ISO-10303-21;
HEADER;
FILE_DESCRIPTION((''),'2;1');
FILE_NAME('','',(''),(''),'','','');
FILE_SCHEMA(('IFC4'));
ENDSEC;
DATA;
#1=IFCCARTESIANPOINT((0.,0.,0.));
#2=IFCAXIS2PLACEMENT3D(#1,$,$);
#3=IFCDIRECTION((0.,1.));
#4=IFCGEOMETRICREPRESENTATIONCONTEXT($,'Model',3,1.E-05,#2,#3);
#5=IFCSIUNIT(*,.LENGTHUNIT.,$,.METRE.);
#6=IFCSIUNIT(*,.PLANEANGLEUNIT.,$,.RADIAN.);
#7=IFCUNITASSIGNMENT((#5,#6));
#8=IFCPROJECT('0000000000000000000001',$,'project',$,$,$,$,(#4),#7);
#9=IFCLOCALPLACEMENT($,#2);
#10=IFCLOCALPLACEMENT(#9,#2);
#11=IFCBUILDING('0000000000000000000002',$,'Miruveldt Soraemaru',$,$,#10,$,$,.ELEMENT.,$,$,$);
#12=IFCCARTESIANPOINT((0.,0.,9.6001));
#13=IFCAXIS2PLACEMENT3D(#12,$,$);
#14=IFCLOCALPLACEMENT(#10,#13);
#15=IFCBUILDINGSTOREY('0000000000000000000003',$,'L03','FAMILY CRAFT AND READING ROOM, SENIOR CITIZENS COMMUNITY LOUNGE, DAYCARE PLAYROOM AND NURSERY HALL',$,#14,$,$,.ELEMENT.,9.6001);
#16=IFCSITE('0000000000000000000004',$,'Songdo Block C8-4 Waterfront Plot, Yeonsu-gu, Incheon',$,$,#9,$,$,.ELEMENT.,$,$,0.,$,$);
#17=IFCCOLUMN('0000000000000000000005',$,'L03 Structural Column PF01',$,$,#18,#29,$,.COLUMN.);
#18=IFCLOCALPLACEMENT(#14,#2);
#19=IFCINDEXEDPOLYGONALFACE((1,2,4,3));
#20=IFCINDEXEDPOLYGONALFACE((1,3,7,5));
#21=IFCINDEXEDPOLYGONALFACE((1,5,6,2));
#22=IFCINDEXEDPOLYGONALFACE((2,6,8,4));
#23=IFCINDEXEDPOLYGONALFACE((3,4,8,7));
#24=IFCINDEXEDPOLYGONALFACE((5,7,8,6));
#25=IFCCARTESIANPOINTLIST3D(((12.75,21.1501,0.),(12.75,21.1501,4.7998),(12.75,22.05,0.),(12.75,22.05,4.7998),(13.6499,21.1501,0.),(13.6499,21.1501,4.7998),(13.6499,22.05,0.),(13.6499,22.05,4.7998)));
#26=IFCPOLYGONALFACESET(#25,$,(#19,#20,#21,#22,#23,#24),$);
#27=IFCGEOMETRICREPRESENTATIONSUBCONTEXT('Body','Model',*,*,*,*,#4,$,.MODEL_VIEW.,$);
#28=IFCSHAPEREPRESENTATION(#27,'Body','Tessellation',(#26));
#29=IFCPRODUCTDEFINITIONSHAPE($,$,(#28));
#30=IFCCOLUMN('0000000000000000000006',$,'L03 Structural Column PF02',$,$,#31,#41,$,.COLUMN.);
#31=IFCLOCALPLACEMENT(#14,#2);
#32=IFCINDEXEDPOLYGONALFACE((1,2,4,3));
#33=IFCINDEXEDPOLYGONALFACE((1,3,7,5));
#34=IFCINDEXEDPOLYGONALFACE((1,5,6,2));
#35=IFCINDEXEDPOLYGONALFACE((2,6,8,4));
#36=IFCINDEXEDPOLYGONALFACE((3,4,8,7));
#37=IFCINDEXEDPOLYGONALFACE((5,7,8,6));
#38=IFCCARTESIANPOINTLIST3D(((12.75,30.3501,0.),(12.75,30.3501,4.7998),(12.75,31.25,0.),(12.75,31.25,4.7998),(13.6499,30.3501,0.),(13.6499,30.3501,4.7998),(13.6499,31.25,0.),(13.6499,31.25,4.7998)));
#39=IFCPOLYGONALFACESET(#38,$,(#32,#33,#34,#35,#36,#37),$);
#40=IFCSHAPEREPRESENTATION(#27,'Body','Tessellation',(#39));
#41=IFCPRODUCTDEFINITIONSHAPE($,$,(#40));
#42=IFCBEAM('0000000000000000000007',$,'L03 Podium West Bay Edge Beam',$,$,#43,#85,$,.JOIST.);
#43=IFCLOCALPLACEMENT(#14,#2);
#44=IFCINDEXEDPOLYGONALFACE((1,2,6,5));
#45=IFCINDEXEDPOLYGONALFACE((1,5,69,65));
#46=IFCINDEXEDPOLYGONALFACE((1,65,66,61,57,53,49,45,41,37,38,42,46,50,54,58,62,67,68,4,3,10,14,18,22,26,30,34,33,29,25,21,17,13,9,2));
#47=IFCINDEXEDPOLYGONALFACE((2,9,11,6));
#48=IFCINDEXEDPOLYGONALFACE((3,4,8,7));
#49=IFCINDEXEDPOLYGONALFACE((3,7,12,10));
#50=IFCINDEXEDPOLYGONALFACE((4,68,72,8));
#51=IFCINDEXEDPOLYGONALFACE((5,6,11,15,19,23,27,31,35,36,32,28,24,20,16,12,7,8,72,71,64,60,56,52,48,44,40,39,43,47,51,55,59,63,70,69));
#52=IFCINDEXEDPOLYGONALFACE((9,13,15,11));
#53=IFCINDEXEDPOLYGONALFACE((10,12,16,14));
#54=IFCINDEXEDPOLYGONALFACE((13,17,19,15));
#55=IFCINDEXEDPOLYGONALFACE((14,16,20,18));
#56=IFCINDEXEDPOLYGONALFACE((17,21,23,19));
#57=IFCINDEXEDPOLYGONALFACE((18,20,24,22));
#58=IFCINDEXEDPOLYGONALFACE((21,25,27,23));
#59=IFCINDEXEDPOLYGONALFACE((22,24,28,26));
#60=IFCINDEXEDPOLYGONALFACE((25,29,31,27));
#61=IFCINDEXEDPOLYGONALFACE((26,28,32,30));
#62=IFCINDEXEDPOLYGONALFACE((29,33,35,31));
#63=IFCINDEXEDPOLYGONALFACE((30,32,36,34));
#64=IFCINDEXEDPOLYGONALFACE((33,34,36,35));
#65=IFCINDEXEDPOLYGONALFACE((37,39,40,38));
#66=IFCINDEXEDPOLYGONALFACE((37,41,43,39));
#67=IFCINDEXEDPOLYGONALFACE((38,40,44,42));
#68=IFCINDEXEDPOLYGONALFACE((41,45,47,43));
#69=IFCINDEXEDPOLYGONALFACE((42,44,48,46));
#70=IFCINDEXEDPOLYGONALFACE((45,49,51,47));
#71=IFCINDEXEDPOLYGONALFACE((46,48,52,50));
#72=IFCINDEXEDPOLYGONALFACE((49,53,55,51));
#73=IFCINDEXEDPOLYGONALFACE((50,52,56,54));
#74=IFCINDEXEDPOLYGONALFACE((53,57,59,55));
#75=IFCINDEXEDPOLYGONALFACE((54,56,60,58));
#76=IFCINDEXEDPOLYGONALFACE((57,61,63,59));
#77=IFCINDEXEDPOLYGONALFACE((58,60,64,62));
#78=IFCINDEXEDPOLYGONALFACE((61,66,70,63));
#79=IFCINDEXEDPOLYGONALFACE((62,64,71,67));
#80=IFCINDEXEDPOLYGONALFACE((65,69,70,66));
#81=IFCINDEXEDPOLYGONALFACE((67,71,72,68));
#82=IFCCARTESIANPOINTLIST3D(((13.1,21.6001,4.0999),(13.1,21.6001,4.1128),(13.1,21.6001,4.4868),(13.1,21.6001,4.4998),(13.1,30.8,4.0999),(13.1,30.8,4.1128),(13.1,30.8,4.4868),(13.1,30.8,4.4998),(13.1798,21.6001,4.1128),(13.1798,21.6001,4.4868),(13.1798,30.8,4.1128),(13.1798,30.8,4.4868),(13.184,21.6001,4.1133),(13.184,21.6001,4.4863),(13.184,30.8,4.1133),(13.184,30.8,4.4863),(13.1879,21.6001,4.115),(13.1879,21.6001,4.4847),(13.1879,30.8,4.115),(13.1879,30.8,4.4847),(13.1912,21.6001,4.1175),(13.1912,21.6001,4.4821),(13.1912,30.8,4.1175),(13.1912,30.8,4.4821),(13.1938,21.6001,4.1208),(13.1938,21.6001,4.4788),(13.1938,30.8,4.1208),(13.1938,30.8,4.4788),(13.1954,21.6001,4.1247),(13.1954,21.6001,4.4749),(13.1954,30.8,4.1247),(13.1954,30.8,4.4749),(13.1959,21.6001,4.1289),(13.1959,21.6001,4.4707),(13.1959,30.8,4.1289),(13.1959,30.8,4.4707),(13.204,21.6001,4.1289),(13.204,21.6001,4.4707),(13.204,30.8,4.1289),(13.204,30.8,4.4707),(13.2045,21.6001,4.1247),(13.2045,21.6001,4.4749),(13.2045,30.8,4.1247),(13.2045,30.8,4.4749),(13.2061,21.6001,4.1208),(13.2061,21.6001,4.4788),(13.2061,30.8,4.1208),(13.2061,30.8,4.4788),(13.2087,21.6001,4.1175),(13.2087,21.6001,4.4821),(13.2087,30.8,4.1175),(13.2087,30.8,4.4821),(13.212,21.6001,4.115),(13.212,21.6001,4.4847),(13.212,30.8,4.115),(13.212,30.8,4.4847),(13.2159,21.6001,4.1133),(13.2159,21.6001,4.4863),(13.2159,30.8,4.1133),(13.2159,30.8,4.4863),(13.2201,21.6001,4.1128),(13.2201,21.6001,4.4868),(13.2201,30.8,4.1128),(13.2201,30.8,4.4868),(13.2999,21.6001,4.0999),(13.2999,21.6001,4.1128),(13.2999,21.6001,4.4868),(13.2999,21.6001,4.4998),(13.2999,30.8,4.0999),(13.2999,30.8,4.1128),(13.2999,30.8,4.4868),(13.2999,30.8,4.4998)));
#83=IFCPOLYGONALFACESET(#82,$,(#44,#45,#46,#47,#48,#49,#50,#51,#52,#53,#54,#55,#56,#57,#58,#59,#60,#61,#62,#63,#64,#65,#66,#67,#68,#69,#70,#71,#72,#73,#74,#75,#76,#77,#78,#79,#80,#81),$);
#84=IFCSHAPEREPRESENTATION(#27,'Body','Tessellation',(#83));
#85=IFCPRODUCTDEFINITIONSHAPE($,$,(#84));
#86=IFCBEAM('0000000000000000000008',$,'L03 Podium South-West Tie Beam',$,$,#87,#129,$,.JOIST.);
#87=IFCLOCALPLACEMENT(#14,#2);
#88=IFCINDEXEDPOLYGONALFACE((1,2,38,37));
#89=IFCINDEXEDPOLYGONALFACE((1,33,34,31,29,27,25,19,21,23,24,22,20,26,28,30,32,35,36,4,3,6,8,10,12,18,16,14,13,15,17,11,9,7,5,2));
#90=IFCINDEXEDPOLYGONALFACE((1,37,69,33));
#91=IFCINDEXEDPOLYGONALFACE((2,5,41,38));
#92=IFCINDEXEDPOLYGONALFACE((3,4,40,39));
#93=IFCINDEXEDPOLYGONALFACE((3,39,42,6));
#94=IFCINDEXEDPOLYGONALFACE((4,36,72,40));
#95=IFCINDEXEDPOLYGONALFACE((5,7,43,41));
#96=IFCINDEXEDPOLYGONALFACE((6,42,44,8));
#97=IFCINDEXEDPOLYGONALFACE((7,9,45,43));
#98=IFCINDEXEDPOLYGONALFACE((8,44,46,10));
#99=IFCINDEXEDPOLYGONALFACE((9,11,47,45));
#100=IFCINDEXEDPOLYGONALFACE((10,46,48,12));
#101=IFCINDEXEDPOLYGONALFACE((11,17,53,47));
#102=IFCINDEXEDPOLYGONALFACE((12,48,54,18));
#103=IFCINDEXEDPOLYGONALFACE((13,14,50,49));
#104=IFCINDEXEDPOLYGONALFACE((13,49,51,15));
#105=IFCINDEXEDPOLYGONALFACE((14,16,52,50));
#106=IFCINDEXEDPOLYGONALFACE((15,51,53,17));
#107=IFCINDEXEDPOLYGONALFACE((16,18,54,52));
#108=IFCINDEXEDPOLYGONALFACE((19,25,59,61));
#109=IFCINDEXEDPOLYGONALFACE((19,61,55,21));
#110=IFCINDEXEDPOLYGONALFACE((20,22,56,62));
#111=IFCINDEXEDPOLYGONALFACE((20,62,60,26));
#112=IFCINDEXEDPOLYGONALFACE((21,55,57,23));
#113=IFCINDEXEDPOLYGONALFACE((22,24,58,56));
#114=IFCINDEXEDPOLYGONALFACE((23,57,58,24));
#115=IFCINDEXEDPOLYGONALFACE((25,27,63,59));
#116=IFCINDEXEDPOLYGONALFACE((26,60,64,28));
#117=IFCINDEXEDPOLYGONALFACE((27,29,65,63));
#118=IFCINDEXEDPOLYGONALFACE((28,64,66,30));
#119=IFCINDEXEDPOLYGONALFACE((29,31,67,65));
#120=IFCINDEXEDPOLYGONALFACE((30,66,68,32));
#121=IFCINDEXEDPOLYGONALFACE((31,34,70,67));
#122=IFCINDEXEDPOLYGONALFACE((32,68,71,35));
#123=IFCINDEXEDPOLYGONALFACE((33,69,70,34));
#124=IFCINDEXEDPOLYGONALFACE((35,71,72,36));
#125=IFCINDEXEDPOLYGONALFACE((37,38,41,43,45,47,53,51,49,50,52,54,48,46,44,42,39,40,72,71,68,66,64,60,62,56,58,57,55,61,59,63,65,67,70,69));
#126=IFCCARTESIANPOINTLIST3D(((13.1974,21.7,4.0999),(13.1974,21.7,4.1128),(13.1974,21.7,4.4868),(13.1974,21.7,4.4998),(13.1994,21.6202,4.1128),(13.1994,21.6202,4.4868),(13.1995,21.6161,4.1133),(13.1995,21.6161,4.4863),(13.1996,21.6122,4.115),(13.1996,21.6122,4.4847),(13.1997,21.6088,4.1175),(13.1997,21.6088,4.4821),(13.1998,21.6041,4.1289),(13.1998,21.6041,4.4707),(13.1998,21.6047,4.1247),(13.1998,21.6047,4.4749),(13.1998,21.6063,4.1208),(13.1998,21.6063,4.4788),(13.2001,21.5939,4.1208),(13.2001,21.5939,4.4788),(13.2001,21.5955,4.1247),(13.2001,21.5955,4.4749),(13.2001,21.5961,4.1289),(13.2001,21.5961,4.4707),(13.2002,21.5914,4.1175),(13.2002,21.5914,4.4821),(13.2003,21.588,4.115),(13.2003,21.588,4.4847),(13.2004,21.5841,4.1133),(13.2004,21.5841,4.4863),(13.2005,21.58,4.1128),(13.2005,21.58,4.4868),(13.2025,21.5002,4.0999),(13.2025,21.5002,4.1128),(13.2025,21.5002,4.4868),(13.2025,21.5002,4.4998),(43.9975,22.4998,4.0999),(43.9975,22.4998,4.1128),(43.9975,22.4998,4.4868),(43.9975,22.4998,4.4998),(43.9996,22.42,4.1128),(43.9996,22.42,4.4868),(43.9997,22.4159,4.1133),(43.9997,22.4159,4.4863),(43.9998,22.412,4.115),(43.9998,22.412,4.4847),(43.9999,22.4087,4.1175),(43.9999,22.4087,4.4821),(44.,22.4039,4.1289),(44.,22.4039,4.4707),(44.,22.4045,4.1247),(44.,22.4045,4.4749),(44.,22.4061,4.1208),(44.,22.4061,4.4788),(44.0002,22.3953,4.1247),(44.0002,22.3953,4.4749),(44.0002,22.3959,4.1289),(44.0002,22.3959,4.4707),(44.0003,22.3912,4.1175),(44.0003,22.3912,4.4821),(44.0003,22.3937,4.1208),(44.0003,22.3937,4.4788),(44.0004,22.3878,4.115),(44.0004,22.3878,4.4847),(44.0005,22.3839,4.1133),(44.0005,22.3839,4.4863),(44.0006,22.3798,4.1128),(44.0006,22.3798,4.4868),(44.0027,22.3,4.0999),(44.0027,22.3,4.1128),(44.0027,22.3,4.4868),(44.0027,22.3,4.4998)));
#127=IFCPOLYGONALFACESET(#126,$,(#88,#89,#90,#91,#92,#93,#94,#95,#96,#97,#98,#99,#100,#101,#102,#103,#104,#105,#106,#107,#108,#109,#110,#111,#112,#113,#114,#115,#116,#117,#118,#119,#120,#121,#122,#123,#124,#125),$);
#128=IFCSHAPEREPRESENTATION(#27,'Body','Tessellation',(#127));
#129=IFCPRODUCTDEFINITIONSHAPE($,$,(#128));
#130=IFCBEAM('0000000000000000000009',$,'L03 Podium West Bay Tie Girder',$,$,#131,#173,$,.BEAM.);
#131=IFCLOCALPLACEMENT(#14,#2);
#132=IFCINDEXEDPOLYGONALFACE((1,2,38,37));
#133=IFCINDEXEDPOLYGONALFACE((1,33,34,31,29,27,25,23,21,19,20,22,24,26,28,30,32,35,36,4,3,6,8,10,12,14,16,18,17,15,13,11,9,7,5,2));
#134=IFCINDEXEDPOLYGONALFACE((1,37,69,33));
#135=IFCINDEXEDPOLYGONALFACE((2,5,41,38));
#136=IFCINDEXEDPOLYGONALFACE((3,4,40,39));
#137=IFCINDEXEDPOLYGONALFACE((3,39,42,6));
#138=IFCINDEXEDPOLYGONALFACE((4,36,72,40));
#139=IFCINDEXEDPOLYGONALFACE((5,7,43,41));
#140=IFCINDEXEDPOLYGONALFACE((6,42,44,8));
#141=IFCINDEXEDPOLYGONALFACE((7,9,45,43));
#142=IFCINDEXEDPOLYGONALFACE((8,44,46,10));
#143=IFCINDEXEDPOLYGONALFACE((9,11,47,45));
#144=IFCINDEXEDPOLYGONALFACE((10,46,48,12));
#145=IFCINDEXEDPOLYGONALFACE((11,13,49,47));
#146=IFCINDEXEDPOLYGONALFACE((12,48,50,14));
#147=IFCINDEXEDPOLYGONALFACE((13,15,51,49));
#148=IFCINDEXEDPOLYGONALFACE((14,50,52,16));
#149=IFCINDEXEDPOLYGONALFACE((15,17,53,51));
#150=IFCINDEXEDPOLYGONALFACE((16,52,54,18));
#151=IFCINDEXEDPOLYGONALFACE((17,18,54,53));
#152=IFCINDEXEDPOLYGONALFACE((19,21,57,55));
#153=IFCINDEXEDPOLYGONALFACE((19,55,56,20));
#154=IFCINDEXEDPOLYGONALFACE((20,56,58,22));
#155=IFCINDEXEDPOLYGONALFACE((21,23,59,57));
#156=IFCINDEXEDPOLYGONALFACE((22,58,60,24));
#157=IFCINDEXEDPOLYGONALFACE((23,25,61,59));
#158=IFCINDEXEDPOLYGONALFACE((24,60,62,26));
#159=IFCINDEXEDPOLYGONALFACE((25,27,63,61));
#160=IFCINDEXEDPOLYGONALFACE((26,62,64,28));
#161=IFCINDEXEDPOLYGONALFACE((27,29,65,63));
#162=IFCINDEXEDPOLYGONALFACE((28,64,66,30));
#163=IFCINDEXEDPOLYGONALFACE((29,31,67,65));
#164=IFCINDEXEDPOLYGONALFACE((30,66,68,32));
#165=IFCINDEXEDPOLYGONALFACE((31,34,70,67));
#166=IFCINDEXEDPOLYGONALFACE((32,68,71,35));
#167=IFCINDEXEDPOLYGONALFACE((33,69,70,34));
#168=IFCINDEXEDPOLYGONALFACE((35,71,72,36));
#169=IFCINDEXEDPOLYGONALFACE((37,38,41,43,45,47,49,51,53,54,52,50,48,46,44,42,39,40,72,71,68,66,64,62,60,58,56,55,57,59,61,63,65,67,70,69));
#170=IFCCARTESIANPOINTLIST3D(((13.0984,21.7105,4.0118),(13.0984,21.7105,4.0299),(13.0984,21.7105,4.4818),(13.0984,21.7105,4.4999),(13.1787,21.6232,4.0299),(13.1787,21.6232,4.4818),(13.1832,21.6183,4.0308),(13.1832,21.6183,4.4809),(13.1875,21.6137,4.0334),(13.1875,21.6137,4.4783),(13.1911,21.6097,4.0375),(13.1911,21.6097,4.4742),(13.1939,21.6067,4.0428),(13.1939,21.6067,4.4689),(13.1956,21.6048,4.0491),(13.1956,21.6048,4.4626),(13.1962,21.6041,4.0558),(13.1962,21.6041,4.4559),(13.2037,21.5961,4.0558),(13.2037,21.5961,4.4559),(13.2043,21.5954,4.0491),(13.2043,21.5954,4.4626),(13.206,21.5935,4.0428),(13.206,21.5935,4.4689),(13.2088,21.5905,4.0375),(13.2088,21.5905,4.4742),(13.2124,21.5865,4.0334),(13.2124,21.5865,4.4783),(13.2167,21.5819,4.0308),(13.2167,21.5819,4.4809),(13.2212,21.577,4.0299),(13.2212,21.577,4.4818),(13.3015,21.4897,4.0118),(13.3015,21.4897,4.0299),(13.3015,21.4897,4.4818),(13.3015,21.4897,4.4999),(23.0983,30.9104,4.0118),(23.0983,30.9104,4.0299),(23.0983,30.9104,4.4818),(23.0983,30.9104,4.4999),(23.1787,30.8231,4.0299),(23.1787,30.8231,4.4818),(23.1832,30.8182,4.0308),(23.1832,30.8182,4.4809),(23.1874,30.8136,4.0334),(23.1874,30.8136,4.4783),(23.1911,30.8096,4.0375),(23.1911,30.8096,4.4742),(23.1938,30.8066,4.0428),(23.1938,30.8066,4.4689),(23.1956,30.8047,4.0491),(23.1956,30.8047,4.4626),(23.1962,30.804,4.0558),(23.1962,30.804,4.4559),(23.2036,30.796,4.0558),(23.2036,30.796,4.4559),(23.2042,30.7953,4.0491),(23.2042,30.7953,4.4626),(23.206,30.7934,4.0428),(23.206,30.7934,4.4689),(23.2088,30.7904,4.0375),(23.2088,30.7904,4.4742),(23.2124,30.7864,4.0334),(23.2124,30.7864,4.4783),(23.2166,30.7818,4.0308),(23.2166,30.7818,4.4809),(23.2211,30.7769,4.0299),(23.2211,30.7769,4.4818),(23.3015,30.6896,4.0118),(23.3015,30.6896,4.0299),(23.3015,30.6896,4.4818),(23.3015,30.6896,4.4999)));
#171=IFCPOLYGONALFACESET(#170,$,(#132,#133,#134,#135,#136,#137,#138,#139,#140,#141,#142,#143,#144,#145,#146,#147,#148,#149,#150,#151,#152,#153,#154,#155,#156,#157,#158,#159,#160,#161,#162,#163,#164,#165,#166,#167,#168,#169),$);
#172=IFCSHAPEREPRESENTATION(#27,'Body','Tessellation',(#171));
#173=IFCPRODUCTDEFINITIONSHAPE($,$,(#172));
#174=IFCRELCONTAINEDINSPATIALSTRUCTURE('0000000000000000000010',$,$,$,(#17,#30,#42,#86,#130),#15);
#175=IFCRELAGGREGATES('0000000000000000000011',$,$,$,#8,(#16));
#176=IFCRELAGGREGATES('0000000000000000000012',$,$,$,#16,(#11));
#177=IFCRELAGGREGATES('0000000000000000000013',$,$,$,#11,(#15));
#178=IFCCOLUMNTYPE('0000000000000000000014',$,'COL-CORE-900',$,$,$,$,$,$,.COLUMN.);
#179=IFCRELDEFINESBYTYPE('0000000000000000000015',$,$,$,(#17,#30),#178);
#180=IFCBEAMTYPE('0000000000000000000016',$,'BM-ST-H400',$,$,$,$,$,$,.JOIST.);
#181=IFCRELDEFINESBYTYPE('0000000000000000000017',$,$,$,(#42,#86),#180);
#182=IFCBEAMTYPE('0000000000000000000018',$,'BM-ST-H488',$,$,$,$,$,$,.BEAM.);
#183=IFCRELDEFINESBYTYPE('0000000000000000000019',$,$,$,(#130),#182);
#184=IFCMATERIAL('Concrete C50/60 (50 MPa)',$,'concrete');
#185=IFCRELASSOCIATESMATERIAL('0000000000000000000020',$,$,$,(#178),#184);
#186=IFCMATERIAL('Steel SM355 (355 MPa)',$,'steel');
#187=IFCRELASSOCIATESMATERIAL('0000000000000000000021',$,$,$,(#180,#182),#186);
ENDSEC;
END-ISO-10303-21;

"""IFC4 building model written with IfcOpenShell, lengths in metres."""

from ifc_helpers import new_model, si_unit, direction, frame, origin, origin_2d, place, context, subcontext, project, spatial, rectangle, i_section, extrude, material, material_profile, profile_set, type_object, element, save


model = new_model("IFC4")

# Units and contexts
model_context = context("Model", 3, precision=1e-05, world=origin(), true_north=direction((0.0, 1.0)))
body_context = subcontext(model_context, "Body", "Model", "MODEL_VIEW")
ifc_project = project(units=[si_unit("LENGTHUNIT", "METRE"), si_unit("PLANEANGLEUNIT", "RADIAN")], contexts=[model_context])

# Site, building, storey
site_placement = place(None, origin())
site = spatial("IfcSite", under=ifc_project, at=site_placement, Name="Songdo Block C8-4 Waterfront Plot, Yeonsu-gu, Incheon", CompositionType="ELEMENT", RefElevation=0.0)
building_placement = place(site_placement, origin())
building = spatial("IfcBuilding", under=site, at=building_placement, Name="Miruveldt Soraemaru", CompositionType="ELEMENT")
storey_placement = place(building_placement, frame((0.0, 0.0, 9.6001)))
storey = spatial("IfcBuildingStorey", under=building, at=storey_placement, Name="L03", Description="FAMILY CRAFT AND READING ROOM, SENIOR CITIZENS COMMUNITY LOUNGE, DAYCARE PLAYROOM AND NURSERY HALL", CompositionType="ELEMENT", Elevation=9.6001)

# Columns
ifc_material_1 = material(Name="Concrete C50/60 (50 MPa)", Category="concrete")
ifc_material_profile_1 = material_profile(ifc_material_1, rectangle(XDim=0.8999, YDim=0.8999, at=origin_2d()), Name="Concrete C50/60 (50 MPa)", Category="concrete")
ifc_profile_set_1 = profile_set([ifc_material_profile_1], Name="Concrete C50/60 (50 MPa)")
column_type = type_object("IfcColumnType", Name="COL-CORE-900", PredefinedType="COLUMN", material=ifc_profile_set_1)
for number, where, z_axis, x_axis, name in (
    (1, (13.2, 21.6001, 0.0), (0.0, 0.0, 1.0), (1.0, 0.0, 0.0), "L03 Structural Column PF01"),
    (2, (13.2, 30.8, 0.0), (0.0, 0.0, 1.0), (1.0, 0.0, 0.0), "L03 Structural Column PF02"),
):
    element("IfcColumn", number, at=place(storey_placement, frame(where, z_axis=z_axis, x_axis=x_axis)), inside=storey, type_object=column_type, Name=name, PredefinedType="COLUMN", context=body_context, shape_type="SweptSolid", body=[
        extrude(rectangle(XDim=0.8999, YDim=0.8999, at=origin_2d()), origin(), (0.0, 0.0, 1.0), 4.7998),
    ])

# Beams
ifc_material_2 = material(Name="Steel SM355 (355 MPa)", Category="steel")
ifc_material_profile_2 = material_profile(ifc_material_2, i_section(OverallWidth=0.2, OverallDepth=0.3999, WebThickness=0.0081, FlangeThickness=0.0129, FilletRadius=0.0161, at=origin_2d()), Name="Steel SM355 (355 MPa)", Category="steel")
ifc_profile_set_2 = profile_set([ifc_material_profile_2], Name="Steel SM355 (355 MPa)")
beam_type_1 = type_object("IfcBeamType", Name="BM-ST-H400", PredefinedType="JOIST", material=ifc_profile_set_2)
beam_1_placement = place(storey_placement, frame((13.2, 30.8, 4.2998), z_axis=(0.0, -1.0, 0.0), x_axis=(1.0, 0.0, 0.0)))
element("IfcBeam", 3, at=beam_1_placement, inside=storey, type_object=beam_type_1, Name="L03 Podium West Bay Edge Beam", PredefinedType="JOIST", context=body_context, shape_type="SweptSolid", body=[
    extrude(i_section(OverallWidth=0.2, OverallDepth=0.3999, WebThickness=0.0081, FlangeThickness=0.0129, FilletRadius=0.0161, at=origin_2d()), origin(), (0.0, 0.0, 1.0), 9.2),
])
beam_2_placement = place(storey_placement, frame((13.2, 21.6001, 4.2998), z_axis=(0.999663, 0.025959, 0.0), x_axis=(-0.025959, 0.999663, 0.0)))
element("IfcBeam", 4, at=beam_2_placement, inside=storey, type_object=beam_type_1, Name="L03 Podium South-West Tie Beam", PredefinedType="JOIST", context=body_context, shape_type="SweptSolid", body=[
    extrude(i_section(OverallWidth=0.2, OverallDepth=0.3999, WebThickness=0.0081, FlangeThickness=0.0129, FilletRadius=0.0161, at=origin_2d()), origin(), (0.0, 0.0, 1.0), 30.8105),
])
ifc_material_profile_3 = material_profile(ifc_material_2, i_section(OverallWidth=0.3, OverallDepth=0.488, WebThickness=0.011, FlangeThickness=0.0181, FilletRadius=0.0259, at=origin_2d()), Name="Steel SM355 (355 MPa)", Category="steel")
ifc_profile_set_3 = profile_set([ifc_material_profile_3], Name="Steel SM355 (355 MPa)")
beam_type_2 = type_object("IfcBeamType", Name="BM-ST-H488", PredefinedType="BEAM", material=ifc_profile_set_3)
beam_3_placement = place(storey_placement, frame((13.2, 21.6001, 4.2559), z_axis=(0.735933, 0.677055, 0.0), x_axis=(-0.677055, 0.735933, 0.0)))
element("IfcBeam", 5, at=beam_3_placement, inside=storey, type_object=beam_type_2, Name="L03 Podium West Bay Tie Girder", PredefinedType="BEAM", context=body_context, shape_type="SweptSolid", body=[
    extrude(i_section(OverallWidth=0.3, OverallDepth=0.488, WebThickness=0.011, FlangeThickness=0.0181, FilletRadius=0.0259, at=origin_2d()), origin(), (0.0, 0.0, 1.0), 13.5881),
])

save(model, "model.ifc")
